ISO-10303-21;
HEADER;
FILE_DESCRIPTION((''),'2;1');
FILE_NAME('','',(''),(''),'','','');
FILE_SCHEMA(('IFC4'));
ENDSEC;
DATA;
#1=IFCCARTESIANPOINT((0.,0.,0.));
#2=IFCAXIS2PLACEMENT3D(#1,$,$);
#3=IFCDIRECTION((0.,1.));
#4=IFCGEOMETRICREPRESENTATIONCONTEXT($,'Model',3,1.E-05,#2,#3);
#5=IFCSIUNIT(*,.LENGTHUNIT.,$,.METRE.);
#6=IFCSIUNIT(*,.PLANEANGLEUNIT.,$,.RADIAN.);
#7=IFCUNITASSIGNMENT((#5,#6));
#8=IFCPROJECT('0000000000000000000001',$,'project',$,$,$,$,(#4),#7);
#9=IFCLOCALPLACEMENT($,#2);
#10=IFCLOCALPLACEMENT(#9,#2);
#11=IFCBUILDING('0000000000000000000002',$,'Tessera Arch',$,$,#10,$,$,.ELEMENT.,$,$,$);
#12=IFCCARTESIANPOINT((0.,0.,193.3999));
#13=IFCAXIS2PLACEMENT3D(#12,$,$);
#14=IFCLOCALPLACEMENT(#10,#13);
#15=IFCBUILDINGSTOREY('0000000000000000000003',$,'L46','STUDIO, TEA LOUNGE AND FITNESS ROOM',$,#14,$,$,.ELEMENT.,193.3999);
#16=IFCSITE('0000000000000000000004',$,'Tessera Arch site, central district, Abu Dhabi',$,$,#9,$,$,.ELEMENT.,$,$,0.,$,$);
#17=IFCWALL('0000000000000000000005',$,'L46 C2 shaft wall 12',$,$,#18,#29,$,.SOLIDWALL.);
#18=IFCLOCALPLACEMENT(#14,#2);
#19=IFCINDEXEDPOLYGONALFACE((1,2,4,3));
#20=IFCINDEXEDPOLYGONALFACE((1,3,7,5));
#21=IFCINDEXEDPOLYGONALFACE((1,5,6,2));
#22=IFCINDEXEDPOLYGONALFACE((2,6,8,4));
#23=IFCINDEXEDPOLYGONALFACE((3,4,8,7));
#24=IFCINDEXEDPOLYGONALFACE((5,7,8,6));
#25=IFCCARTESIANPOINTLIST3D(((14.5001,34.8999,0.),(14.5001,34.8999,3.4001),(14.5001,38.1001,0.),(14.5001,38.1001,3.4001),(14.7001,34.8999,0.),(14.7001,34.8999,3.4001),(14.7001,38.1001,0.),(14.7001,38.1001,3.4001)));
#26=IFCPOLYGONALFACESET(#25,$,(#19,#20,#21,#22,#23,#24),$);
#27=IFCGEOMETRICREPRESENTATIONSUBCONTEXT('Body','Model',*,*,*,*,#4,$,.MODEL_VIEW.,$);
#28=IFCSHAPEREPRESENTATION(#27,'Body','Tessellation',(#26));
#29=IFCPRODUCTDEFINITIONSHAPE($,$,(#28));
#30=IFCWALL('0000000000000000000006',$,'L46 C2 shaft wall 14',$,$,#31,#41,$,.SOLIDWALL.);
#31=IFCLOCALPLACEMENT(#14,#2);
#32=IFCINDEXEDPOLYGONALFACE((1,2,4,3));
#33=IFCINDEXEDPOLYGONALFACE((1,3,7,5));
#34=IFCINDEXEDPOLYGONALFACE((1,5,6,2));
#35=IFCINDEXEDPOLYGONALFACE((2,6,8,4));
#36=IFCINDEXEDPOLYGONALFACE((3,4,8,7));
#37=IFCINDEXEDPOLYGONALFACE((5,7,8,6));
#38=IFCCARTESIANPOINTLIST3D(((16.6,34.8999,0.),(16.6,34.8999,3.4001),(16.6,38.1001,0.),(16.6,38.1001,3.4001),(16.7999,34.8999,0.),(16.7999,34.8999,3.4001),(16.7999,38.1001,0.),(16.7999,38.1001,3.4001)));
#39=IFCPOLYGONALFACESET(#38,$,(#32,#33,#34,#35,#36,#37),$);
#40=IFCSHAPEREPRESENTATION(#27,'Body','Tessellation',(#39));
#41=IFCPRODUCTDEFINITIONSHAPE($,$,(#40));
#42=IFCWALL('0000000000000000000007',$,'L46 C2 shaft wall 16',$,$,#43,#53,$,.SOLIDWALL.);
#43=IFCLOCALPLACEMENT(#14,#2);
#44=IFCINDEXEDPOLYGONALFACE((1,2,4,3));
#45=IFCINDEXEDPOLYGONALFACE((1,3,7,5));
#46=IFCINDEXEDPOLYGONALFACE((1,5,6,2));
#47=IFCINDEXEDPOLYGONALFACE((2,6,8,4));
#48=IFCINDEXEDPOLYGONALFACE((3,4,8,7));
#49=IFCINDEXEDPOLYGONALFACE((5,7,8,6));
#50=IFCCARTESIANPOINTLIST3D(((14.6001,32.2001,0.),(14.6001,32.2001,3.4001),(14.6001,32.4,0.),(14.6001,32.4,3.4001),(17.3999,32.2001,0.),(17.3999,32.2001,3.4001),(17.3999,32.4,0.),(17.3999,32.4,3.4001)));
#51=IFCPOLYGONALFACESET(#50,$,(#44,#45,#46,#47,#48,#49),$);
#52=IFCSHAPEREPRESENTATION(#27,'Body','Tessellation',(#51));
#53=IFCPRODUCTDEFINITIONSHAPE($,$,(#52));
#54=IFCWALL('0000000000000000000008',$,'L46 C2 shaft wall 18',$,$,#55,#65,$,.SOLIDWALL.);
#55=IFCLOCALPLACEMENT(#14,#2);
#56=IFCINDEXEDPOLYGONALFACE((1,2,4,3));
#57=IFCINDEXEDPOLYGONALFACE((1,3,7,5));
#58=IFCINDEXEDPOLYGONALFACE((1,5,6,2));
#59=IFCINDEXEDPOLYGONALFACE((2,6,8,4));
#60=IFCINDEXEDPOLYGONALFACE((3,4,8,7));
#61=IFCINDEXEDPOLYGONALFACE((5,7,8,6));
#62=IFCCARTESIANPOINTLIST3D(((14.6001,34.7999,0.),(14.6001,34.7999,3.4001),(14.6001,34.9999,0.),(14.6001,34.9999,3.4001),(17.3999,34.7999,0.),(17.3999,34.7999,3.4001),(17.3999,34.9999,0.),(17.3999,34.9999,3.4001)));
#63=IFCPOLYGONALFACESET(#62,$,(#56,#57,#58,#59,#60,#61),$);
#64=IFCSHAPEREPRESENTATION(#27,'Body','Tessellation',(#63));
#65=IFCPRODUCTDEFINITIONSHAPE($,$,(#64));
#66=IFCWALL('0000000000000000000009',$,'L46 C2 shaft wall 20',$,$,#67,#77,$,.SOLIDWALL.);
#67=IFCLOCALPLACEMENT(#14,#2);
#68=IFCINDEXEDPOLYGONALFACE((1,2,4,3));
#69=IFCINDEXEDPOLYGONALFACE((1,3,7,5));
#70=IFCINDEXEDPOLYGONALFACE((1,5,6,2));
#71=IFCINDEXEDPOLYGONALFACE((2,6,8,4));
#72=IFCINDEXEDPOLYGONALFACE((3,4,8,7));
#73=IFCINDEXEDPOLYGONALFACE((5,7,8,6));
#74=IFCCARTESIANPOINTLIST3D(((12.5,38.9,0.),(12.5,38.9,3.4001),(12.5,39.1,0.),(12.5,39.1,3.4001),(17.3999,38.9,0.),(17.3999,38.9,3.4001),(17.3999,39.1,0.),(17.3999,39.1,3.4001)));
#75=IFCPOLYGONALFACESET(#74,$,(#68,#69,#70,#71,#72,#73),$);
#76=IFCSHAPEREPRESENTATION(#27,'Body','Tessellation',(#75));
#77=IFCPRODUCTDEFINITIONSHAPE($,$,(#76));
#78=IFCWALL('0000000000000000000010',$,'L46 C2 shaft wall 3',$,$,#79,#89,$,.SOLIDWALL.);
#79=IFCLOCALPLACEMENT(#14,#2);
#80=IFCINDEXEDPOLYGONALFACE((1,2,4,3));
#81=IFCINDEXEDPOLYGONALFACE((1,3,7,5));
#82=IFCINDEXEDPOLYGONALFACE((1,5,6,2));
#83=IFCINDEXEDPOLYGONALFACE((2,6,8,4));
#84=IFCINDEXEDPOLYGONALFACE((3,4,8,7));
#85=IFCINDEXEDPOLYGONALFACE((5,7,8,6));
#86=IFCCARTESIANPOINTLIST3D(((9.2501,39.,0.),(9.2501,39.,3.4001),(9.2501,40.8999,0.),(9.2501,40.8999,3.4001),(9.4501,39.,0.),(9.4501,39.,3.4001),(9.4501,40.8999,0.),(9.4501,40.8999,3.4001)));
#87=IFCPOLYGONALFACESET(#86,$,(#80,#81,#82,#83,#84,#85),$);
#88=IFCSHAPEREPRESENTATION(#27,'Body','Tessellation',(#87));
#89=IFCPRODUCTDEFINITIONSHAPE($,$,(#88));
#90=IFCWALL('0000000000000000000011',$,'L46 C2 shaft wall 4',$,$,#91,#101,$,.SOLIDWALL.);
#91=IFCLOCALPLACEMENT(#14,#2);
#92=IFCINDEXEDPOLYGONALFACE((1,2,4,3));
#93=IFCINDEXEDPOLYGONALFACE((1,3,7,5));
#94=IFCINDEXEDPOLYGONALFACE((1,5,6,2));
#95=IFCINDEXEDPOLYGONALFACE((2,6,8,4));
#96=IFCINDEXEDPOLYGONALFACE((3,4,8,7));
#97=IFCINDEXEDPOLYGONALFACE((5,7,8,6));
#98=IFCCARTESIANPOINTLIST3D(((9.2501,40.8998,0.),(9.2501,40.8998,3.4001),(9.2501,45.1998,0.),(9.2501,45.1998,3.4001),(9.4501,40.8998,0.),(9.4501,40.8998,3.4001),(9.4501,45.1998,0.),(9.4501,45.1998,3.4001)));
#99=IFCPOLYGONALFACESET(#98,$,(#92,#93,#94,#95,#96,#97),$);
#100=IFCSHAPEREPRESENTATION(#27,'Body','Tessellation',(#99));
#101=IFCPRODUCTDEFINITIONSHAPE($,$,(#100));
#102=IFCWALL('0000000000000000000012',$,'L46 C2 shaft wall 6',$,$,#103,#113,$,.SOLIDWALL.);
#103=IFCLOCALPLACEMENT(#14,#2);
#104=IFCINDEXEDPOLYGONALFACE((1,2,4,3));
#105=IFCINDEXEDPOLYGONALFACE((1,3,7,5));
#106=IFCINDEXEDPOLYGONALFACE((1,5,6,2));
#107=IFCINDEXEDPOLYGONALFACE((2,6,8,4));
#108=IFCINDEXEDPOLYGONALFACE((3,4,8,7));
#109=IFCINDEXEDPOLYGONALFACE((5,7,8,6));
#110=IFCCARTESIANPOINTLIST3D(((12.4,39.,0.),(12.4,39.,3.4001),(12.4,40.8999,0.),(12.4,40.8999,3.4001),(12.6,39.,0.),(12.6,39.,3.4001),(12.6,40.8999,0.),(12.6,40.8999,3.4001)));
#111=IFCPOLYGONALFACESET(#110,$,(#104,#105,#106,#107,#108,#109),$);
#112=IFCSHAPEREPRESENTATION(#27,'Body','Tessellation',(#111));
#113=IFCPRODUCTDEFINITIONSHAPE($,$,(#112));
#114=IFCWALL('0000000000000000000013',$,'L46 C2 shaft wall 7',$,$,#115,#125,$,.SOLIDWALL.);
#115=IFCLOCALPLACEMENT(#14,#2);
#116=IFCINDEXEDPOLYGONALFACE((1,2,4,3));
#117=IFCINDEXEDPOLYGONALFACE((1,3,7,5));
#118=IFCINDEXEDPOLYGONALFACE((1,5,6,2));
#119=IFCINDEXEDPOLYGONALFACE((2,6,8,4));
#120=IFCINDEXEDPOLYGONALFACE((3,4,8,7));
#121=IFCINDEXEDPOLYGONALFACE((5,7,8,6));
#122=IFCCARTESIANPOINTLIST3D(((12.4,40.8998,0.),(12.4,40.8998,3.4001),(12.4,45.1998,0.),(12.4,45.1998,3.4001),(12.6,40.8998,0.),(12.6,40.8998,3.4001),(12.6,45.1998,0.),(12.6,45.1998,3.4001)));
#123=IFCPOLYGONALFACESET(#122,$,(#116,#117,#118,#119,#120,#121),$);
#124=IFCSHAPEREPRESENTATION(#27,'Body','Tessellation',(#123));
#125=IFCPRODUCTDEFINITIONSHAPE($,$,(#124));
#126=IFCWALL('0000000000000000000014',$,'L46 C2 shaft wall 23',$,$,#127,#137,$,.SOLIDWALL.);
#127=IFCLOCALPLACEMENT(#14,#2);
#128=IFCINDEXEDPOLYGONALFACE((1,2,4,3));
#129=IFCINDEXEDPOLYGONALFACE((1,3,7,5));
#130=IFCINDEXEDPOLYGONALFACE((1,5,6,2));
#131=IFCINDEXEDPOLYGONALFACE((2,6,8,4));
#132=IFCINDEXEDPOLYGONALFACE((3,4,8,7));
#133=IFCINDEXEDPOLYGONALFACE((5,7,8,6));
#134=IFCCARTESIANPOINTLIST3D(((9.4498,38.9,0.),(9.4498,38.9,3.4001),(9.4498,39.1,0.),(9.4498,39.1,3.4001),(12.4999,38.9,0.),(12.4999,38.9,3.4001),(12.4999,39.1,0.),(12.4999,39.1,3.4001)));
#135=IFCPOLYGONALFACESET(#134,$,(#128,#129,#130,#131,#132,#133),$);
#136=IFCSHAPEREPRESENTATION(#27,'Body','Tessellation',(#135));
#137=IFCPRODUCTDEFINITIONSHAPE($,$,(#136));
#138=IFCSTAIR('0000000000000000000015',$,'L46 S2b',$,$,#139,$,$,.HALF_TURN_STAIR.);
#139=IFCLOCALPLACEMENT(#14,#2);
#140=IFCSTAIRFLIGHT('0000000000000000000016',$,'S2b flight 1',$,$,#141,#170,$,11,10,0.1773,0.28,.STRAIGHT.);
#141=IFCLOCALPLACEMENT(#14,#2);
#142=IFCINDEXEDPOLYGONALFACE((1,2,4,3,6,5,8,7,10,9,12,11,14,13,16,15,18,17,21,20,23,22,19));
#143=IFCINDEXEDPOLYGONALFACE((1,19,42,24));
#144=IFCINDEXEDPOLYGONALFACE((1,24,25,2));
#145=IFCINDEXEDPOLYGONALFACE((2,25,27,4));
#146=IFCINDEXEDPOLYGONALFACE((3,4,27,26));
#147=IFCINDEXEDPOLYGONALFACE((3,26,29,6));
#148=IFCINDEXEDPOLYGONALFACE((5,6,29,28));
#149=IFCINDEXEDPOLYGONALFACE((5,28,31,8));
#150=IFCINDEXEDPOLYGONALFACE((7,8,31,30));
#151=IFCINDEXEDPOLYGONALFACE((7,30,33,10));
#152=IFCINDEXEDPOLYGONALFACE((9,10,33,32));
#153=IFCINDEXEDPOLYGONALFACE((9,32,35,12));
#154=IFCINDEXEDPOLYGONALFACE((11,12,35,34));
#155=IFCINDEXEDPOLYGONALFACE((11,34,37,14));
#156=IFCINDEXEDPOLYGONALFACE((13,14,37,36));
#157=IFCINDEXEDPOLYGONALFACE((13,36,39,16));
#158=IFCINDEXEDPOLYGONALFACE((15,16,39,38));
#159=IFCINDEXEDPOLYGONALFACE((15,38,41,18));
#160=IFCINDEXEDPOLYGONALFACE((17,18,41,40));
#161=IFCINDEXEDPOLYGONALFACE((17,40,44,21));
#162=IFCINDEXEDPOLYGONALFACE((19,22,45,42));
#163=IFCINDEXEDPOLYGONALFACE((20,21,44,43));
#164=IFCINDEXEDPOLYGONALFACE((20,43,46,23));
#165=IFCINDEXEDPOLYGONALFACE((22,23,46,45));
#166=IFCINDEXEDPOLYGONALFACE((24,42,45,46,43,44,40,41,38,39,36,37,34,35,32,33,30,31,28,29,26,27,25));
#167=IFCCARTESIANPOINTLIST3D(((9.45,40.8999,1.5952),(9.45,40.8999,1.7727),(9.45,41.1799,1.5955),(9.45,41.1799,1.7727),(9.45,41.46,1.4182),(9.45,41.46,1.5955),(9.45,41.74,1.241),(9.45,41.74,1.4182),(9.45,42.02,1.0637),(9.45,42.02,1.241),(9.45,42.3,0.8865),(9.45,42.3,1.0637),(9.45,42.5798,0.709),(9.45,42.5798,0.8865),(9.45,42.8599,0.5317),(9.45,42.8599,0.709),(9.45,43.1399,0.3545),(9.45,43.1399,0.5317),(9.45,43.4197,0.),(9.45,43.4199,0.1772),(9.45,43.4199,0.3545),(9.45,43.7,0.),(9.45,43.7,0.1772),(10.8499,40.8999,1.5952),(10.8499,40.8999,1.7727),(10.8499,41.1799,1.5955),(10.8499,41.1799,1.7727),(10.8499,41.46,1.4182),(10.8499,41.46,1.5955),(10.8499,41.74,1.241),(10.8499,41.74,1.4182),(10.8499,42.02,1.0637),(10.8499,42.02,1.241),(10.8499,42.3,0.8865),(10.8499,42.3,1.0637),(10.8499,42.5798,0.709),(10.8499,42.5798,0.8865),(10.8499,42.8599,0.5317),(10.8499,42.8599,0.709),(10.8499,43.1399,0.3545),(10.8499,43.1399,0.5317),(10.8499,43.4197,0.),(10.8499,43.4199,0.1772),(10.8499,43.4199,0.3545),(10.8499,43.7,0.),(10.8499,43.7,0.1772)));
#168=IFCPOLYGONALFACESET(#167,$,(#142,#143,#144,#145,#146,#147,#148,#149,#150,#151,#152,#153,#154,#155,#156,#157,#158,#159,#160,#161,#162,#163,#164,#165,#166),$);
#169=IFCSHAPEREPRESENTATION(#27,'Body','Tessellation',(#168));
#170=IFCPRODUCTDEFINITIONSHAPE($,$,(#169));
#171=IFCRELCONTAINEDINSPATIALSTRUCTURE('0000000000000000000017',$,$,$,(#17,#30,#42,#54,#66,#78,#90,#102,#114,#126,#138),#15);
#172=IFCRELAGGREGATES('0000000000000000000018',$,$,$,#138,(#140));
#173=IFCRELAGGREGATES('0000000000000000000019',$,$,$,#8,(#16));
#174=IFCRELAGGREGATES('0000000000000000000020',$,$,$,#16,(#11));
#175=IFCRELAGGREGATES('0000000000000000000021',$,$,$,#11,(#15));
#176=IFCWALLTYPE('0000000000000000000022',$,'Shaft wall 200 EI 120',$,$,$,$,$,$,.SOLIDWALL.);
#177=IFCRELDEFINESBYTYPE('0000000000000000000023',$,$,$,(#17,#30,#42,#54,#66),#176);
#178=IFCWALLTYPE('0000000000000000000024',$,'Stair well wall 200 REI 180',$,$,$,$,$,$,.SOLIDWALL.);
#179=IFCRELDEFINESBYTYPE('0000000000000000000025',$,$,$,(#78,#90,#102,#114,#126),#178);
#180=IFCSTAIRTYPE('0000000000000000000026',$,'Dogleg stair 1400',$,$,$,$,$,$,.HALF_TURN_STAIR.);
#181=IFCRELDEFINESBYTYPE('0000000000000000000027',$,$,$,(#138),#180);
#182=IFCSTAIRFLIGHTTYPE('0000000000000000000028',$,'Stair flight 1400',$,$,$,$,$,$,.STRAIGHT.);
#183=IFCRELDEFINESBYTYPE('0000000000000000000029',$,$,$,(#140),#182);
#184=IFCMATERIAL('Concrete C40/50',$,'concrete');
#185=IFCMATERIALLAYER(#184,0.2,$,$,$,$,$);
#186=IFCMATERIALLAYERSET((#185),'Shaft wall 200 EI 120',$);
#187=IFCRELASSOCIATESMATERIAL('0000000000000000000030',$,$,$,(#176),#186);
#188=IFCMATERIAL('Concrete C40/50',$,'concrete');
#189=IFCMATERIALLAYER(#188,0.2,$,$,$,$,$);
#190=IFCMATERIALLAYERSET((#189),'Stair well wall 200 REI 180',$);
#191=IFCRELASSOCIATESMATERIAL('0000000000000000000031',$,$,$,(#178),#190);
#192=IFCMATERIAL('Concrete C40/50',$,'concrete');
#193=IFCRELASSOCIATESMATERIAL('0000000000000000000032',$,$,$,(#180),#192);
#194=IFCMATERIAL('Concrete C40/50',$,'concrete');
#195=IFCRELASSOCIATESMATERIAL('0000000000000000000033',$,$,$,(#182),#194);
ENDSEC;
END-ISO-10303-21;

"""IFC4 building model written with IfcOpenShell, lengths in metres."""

from ifc_helpers import new_model, si_unit, direction, frame, frame_2d, origin, place, context, subcontext, project, spatial, polyline, rectangle, outline, extrude, material, layer, layer_set, type_object, element, aggregate, save


model = new_model("IFC4")

# Units and contexts
model_context = context("Model", 3, precision=1e-05, world=origin(), true_north=direction((0.0, 1.0)))
body_context = subcontext(model_context, "Body", "Model", "MODEL_VIEW")
ifc_project = project(units=[si_unit("LENGTHUNIT", "METRE"), si_unit("PLANEANGLEUNIT", "RADIAN")], contexts=[model_context])

# Site, building, storey
site_placement = place(None, origin())
site = spatial("IfcSite", under=ifc_project, at=site_placement, Name="Tessera Arch site, central district, Abu Dhabi", CompositionType="ELEMENT", RefElevation=0.0)
building_placement = place(site_placement, origin())
building = spatial("IfcBuilding", under=site, at=building_placement, Name="Tessera Arch", CompositionType="ELEMENT")
storey_placement = place(building_placement, frame((0.0, 0.0, 193.3999)))
storey = spatial("IfcBuildingStorey", under=building, at=storey_placement, Name="L46", Description="STUDIO, TEA LOUNGE AND FITNESS ROOM", CompositionType="ELEMENT", Elevation=193.3999)

# Walls
ifc_material_1 = material(Name="Concrete C40/50", Category="concrete")
ifc_layer_1 = layer(ifc_material_1, 0.2)
ifc_layer_set_1 = layer_set([ifc_layer_1], Name="Shaft wall 200 EI 120")
wall_type_1 = type_object("IfcWallType", Name="Shaft wall 200 EI 120", PredefinedType="SOLIDWALL", material=ifc_layer_set_1)
for number, where, z_axis, x_axis, name in (
    (1, (14.6001, 34.8999, 0.0), (0.0, 0.0, 1.0), (0.0, 1.0, 0.0), "L46 C2 shaft wall 12"),
    (2, (16.7, 34.8999, 0.0), (0.0, 0.0, 1.0), (0.0, 1.0, 0.0), "L46 C2 shaft wall 14"),
):
    element("IfcWall", number, at=place(storey_placement, frame(where, z_axis=z_axis, x_axis=x_axis)), inside=storey, type_object=wall_type_1, Name=name, PredefinedType="SOLIDWALL", context=body_context, shape_type="SweptSolid", body=[
        extrude(rectangle(XDim=3.2002, YDim=0.2, at=frame_2d((1.6001, 0.0))), origin(), (0.0, 0.0, 1.0), 3.4001),
    ])
for number, where, z_axis, x_axis, name in (
    (3, (14.6001, 32.3, 0.0), (0.0, 0.0, 1.0), (1.0, 0.0, 0.0), "L46 C2 shaft wall 16"),
    (4, (14.6001, 34.8999, 0.0), (0.0, 0.0, 1.0), (1.0, 0.0, 0.0), "L46 C2 shaft wall 18"),
):
    element("IfcWall", number, at=place(storey_placement, frame(where, z_axis=z_axis, x_axis=x_axis)), inside=storey, type_object=wall_type_1, Name=name, PredefinedType="SOLIDWALL", context=body_context, shape_type="SweptSolid", body=[
        extrude(rectangle(XDim=2.7998, YDim=0.2, at=frame_2d((1.3999, 0.0))), origin(), (0.0, 0.0, 1.0), 3.4001),
    ])
wall_1_placement = place(storey_placement, frame((12.5, 39.0, 0.0), z_axis=(0.0, 0.0, 1.0), x_axis=(1.0, 0.0, 0.0)))
element("IfcWall", 5, at=wall_1_placement, inside=storey, type_object=wall_type_1, Name="L46 C2 shaft wall 20", PredefinedType="SOLIDWALL", context=body_context, shape_type="SweptSolid", body=[
    extrude(rectangle(XDim=4.8999, YDim=0.2, at=frame_2d((2.45, 0.0))), origin(), (0.0, 0.0, 1.0), 3.4001),
])
ifc_material_2 = material(Name="Concrete C40/50", Category="concrete")
ifc_layer_2 = layer(ifc_material_2, 0.2)
ifc_layer_set_2 = layer_set([ifc_layer_2], Name="Stair well wall 200 REI 180")
wall_type_2 = type_object("IfcWallType", Name="Stair well wall 200 REI 180", PredefinedType="SOLIDWALL", material=ifc_layer_set_2)
wall_2_placement = place(storey_placement, frame((9.3501, 39.0, 0.0), z_axis=(0.0, 0.0, 1.0), x_axis=(0.0, 1.0, 0.0)))
element("IfcWall", 6, at=wall_2_placement, inside=storey, type_object=wall_type_2, Name="L46 C2 shaft wall 3", PredefinedType="SOLIDWALL", context=body_context, shape_type="SweptSolid", body=[
    extrude(rectangle(XDim=1.8999, YDim=0.2, at=frame_2d((0.95, 0.0))), origin(), (0.0, 0.0, 1.0), 3.4001),
])
wall_3_placement = place(storey_placement, frame((9.3501, 40.8999, 0.0), z_axis=(0.0, 0.0, 1.0), x_axis=(0.0, 1.0, 0.0)))
element("IfcWall", 7, at=wall_3_placement, inside=storey, type_object=wall_type_2, Name="L46 C2 shaft wall 4", PredefinedType="SOLIDWALL", context=body_context, shape_type="SweptSolid", body=[
    extrude(rectangle(XDim=4.3, YDim=0.2, at=frame_2d((2.1499, 0.0))), origin(), (0.0, 0.0, 1.0), 3.4001),
])
wall_4_placement = place(storey_placement, frame((12.5, 39.0, 0.0), z_axis=(0.0, 0.0, 1.0), x_axis=(0.0, 1.0, 0.0)))
element("IfcWall", 8, at=wall_4_placement, inside=storey, type_object=wall_type_2, Name="L46 C2 shaft wall 6", PredefinedType="SOLIDWALL", context=body_context, shape_type="SweptSolid", body=[
    extrude(rectangle(XDim=1.8999, YDim=0.2, at=frame_2d((0.95, 0.0))), origin(), (0.0, 0.0, 1.0), 3.4001),
])
wall_5_placement = place(storey_placement, frame((12.5, 40.8999, 0.0), z_axis=(0.0, 0.0, 1.0), x_axis=(0.0, 1.0, 0.0)))
element("IfcWall", 9, at=wall_5_placement, inside=storey, type_object=wall_type_2, Name="L46 C2 shaft wall 7", PredefinedType="SOLIDWALL", context=body_context, shape_type="SweptSolid", body=[
    extrude(rectangle(XDim=4.3, YDim=0.2, at=frame_2d((2.1499, 0.0))), origin(), (0.0, 0.0, 1.0), 3.4001),
])
wall_6_placement = place(storey_placement, frame((9.45, 39.0, 0.0), z_axis=(0.0, 0.0, 1.0), x_axis=(1.0, 0.0, 0.0)))
element("IfcWall", 10, at=wall_6_placement, inside=storey, type_object=wall_type_2, Name="L46 C2 shaft wall 23", PredefinedType="SOLIDWALL", context=body_context, shape_type="SweptSolid", body=[
    extrude(rectangle(XDim=3.05, YDim=0.2, at=frame_2d((1.5249, 0.0))), origin(), (0.0, 0.0, 1.0), 3.4001),
])

# Stair, stair flight
ifc_material_3 = material(Name="Concrete C40/50", Category="concrete")
stair_type = type_object("IfcStairType", Name="Dogleg stair 1400", PredefinedType="HALF_TURN_STAIR", material=ifc_material_3)
stair_placement = place(storey_placement, origin())
stair = element("IfcStair", 11, at=stair_placement, inside=storey, type_object=stair_type, Name="L46 S2b", PredefinedType="HALF_TURN_STAIR")
ifc_material_4 = material(Name="Concrete C40/50", Category="concrete")
stair_flight_type = type_object("IfcStairFlightType", Name="Stair flight 1400", PredefinedType="STRAIGHT", material=ifc_material_4)
stair_flight_1_placement = place(storey_placement, frame((10.1499, 43.7, 0.0), z_axis=(0.0, 0.0, 1.0), x_axis=(0.0, -1.0, 0.0)))
stair_flight_1 = element("IfcStairFlight", 12, at=stair_flight_1_placement, type_object=stair_flight_type, Name="S2b flight 1", NumberOfRisers=11, NumberOfTreads=10, PredefinedType="STRAIGHT", RiserHeight=0.1773, TreadLength=0.28, context=body_context, shape_type="SweptSolid", body=[
    extrude(outline(polyline([(0.0, 0.0), (0.0, 0.1772), (0.28, 0.1772), (0.28, 0.3545), (0.5601, 0.3545), (0.5601, 0.5317), (0.8401, 0.5317), (0.8401, 0.709), (1.1201, 0.709), (1.1201, 0.8865), (1.3999, 0.8865), (1.3999, 1.0637), (1.6799, 1.0637), (1.6799, 1.241), (1.96, 1.241), (1.96, 1.4182), (2.24, 1.4182), (2.24, 1.5955), (2.52, 1.5955), (2.52, 1.7727), (2.8, 1.7727), (2.8, 1.95), (2.8, 1.5952), (0.2803, 0.0), (0.0, 0.0)])), frame((0.0, 0.7, 0.0), z_axis=(0.0, -1.0, 0.0), x_axis=(1.0, 0.0, 0.0)), (0.0, 0.0, 1.0), 1.3999),
])
aggregate(stair, [stair_flight_1])

save(model, "model.ifc")
